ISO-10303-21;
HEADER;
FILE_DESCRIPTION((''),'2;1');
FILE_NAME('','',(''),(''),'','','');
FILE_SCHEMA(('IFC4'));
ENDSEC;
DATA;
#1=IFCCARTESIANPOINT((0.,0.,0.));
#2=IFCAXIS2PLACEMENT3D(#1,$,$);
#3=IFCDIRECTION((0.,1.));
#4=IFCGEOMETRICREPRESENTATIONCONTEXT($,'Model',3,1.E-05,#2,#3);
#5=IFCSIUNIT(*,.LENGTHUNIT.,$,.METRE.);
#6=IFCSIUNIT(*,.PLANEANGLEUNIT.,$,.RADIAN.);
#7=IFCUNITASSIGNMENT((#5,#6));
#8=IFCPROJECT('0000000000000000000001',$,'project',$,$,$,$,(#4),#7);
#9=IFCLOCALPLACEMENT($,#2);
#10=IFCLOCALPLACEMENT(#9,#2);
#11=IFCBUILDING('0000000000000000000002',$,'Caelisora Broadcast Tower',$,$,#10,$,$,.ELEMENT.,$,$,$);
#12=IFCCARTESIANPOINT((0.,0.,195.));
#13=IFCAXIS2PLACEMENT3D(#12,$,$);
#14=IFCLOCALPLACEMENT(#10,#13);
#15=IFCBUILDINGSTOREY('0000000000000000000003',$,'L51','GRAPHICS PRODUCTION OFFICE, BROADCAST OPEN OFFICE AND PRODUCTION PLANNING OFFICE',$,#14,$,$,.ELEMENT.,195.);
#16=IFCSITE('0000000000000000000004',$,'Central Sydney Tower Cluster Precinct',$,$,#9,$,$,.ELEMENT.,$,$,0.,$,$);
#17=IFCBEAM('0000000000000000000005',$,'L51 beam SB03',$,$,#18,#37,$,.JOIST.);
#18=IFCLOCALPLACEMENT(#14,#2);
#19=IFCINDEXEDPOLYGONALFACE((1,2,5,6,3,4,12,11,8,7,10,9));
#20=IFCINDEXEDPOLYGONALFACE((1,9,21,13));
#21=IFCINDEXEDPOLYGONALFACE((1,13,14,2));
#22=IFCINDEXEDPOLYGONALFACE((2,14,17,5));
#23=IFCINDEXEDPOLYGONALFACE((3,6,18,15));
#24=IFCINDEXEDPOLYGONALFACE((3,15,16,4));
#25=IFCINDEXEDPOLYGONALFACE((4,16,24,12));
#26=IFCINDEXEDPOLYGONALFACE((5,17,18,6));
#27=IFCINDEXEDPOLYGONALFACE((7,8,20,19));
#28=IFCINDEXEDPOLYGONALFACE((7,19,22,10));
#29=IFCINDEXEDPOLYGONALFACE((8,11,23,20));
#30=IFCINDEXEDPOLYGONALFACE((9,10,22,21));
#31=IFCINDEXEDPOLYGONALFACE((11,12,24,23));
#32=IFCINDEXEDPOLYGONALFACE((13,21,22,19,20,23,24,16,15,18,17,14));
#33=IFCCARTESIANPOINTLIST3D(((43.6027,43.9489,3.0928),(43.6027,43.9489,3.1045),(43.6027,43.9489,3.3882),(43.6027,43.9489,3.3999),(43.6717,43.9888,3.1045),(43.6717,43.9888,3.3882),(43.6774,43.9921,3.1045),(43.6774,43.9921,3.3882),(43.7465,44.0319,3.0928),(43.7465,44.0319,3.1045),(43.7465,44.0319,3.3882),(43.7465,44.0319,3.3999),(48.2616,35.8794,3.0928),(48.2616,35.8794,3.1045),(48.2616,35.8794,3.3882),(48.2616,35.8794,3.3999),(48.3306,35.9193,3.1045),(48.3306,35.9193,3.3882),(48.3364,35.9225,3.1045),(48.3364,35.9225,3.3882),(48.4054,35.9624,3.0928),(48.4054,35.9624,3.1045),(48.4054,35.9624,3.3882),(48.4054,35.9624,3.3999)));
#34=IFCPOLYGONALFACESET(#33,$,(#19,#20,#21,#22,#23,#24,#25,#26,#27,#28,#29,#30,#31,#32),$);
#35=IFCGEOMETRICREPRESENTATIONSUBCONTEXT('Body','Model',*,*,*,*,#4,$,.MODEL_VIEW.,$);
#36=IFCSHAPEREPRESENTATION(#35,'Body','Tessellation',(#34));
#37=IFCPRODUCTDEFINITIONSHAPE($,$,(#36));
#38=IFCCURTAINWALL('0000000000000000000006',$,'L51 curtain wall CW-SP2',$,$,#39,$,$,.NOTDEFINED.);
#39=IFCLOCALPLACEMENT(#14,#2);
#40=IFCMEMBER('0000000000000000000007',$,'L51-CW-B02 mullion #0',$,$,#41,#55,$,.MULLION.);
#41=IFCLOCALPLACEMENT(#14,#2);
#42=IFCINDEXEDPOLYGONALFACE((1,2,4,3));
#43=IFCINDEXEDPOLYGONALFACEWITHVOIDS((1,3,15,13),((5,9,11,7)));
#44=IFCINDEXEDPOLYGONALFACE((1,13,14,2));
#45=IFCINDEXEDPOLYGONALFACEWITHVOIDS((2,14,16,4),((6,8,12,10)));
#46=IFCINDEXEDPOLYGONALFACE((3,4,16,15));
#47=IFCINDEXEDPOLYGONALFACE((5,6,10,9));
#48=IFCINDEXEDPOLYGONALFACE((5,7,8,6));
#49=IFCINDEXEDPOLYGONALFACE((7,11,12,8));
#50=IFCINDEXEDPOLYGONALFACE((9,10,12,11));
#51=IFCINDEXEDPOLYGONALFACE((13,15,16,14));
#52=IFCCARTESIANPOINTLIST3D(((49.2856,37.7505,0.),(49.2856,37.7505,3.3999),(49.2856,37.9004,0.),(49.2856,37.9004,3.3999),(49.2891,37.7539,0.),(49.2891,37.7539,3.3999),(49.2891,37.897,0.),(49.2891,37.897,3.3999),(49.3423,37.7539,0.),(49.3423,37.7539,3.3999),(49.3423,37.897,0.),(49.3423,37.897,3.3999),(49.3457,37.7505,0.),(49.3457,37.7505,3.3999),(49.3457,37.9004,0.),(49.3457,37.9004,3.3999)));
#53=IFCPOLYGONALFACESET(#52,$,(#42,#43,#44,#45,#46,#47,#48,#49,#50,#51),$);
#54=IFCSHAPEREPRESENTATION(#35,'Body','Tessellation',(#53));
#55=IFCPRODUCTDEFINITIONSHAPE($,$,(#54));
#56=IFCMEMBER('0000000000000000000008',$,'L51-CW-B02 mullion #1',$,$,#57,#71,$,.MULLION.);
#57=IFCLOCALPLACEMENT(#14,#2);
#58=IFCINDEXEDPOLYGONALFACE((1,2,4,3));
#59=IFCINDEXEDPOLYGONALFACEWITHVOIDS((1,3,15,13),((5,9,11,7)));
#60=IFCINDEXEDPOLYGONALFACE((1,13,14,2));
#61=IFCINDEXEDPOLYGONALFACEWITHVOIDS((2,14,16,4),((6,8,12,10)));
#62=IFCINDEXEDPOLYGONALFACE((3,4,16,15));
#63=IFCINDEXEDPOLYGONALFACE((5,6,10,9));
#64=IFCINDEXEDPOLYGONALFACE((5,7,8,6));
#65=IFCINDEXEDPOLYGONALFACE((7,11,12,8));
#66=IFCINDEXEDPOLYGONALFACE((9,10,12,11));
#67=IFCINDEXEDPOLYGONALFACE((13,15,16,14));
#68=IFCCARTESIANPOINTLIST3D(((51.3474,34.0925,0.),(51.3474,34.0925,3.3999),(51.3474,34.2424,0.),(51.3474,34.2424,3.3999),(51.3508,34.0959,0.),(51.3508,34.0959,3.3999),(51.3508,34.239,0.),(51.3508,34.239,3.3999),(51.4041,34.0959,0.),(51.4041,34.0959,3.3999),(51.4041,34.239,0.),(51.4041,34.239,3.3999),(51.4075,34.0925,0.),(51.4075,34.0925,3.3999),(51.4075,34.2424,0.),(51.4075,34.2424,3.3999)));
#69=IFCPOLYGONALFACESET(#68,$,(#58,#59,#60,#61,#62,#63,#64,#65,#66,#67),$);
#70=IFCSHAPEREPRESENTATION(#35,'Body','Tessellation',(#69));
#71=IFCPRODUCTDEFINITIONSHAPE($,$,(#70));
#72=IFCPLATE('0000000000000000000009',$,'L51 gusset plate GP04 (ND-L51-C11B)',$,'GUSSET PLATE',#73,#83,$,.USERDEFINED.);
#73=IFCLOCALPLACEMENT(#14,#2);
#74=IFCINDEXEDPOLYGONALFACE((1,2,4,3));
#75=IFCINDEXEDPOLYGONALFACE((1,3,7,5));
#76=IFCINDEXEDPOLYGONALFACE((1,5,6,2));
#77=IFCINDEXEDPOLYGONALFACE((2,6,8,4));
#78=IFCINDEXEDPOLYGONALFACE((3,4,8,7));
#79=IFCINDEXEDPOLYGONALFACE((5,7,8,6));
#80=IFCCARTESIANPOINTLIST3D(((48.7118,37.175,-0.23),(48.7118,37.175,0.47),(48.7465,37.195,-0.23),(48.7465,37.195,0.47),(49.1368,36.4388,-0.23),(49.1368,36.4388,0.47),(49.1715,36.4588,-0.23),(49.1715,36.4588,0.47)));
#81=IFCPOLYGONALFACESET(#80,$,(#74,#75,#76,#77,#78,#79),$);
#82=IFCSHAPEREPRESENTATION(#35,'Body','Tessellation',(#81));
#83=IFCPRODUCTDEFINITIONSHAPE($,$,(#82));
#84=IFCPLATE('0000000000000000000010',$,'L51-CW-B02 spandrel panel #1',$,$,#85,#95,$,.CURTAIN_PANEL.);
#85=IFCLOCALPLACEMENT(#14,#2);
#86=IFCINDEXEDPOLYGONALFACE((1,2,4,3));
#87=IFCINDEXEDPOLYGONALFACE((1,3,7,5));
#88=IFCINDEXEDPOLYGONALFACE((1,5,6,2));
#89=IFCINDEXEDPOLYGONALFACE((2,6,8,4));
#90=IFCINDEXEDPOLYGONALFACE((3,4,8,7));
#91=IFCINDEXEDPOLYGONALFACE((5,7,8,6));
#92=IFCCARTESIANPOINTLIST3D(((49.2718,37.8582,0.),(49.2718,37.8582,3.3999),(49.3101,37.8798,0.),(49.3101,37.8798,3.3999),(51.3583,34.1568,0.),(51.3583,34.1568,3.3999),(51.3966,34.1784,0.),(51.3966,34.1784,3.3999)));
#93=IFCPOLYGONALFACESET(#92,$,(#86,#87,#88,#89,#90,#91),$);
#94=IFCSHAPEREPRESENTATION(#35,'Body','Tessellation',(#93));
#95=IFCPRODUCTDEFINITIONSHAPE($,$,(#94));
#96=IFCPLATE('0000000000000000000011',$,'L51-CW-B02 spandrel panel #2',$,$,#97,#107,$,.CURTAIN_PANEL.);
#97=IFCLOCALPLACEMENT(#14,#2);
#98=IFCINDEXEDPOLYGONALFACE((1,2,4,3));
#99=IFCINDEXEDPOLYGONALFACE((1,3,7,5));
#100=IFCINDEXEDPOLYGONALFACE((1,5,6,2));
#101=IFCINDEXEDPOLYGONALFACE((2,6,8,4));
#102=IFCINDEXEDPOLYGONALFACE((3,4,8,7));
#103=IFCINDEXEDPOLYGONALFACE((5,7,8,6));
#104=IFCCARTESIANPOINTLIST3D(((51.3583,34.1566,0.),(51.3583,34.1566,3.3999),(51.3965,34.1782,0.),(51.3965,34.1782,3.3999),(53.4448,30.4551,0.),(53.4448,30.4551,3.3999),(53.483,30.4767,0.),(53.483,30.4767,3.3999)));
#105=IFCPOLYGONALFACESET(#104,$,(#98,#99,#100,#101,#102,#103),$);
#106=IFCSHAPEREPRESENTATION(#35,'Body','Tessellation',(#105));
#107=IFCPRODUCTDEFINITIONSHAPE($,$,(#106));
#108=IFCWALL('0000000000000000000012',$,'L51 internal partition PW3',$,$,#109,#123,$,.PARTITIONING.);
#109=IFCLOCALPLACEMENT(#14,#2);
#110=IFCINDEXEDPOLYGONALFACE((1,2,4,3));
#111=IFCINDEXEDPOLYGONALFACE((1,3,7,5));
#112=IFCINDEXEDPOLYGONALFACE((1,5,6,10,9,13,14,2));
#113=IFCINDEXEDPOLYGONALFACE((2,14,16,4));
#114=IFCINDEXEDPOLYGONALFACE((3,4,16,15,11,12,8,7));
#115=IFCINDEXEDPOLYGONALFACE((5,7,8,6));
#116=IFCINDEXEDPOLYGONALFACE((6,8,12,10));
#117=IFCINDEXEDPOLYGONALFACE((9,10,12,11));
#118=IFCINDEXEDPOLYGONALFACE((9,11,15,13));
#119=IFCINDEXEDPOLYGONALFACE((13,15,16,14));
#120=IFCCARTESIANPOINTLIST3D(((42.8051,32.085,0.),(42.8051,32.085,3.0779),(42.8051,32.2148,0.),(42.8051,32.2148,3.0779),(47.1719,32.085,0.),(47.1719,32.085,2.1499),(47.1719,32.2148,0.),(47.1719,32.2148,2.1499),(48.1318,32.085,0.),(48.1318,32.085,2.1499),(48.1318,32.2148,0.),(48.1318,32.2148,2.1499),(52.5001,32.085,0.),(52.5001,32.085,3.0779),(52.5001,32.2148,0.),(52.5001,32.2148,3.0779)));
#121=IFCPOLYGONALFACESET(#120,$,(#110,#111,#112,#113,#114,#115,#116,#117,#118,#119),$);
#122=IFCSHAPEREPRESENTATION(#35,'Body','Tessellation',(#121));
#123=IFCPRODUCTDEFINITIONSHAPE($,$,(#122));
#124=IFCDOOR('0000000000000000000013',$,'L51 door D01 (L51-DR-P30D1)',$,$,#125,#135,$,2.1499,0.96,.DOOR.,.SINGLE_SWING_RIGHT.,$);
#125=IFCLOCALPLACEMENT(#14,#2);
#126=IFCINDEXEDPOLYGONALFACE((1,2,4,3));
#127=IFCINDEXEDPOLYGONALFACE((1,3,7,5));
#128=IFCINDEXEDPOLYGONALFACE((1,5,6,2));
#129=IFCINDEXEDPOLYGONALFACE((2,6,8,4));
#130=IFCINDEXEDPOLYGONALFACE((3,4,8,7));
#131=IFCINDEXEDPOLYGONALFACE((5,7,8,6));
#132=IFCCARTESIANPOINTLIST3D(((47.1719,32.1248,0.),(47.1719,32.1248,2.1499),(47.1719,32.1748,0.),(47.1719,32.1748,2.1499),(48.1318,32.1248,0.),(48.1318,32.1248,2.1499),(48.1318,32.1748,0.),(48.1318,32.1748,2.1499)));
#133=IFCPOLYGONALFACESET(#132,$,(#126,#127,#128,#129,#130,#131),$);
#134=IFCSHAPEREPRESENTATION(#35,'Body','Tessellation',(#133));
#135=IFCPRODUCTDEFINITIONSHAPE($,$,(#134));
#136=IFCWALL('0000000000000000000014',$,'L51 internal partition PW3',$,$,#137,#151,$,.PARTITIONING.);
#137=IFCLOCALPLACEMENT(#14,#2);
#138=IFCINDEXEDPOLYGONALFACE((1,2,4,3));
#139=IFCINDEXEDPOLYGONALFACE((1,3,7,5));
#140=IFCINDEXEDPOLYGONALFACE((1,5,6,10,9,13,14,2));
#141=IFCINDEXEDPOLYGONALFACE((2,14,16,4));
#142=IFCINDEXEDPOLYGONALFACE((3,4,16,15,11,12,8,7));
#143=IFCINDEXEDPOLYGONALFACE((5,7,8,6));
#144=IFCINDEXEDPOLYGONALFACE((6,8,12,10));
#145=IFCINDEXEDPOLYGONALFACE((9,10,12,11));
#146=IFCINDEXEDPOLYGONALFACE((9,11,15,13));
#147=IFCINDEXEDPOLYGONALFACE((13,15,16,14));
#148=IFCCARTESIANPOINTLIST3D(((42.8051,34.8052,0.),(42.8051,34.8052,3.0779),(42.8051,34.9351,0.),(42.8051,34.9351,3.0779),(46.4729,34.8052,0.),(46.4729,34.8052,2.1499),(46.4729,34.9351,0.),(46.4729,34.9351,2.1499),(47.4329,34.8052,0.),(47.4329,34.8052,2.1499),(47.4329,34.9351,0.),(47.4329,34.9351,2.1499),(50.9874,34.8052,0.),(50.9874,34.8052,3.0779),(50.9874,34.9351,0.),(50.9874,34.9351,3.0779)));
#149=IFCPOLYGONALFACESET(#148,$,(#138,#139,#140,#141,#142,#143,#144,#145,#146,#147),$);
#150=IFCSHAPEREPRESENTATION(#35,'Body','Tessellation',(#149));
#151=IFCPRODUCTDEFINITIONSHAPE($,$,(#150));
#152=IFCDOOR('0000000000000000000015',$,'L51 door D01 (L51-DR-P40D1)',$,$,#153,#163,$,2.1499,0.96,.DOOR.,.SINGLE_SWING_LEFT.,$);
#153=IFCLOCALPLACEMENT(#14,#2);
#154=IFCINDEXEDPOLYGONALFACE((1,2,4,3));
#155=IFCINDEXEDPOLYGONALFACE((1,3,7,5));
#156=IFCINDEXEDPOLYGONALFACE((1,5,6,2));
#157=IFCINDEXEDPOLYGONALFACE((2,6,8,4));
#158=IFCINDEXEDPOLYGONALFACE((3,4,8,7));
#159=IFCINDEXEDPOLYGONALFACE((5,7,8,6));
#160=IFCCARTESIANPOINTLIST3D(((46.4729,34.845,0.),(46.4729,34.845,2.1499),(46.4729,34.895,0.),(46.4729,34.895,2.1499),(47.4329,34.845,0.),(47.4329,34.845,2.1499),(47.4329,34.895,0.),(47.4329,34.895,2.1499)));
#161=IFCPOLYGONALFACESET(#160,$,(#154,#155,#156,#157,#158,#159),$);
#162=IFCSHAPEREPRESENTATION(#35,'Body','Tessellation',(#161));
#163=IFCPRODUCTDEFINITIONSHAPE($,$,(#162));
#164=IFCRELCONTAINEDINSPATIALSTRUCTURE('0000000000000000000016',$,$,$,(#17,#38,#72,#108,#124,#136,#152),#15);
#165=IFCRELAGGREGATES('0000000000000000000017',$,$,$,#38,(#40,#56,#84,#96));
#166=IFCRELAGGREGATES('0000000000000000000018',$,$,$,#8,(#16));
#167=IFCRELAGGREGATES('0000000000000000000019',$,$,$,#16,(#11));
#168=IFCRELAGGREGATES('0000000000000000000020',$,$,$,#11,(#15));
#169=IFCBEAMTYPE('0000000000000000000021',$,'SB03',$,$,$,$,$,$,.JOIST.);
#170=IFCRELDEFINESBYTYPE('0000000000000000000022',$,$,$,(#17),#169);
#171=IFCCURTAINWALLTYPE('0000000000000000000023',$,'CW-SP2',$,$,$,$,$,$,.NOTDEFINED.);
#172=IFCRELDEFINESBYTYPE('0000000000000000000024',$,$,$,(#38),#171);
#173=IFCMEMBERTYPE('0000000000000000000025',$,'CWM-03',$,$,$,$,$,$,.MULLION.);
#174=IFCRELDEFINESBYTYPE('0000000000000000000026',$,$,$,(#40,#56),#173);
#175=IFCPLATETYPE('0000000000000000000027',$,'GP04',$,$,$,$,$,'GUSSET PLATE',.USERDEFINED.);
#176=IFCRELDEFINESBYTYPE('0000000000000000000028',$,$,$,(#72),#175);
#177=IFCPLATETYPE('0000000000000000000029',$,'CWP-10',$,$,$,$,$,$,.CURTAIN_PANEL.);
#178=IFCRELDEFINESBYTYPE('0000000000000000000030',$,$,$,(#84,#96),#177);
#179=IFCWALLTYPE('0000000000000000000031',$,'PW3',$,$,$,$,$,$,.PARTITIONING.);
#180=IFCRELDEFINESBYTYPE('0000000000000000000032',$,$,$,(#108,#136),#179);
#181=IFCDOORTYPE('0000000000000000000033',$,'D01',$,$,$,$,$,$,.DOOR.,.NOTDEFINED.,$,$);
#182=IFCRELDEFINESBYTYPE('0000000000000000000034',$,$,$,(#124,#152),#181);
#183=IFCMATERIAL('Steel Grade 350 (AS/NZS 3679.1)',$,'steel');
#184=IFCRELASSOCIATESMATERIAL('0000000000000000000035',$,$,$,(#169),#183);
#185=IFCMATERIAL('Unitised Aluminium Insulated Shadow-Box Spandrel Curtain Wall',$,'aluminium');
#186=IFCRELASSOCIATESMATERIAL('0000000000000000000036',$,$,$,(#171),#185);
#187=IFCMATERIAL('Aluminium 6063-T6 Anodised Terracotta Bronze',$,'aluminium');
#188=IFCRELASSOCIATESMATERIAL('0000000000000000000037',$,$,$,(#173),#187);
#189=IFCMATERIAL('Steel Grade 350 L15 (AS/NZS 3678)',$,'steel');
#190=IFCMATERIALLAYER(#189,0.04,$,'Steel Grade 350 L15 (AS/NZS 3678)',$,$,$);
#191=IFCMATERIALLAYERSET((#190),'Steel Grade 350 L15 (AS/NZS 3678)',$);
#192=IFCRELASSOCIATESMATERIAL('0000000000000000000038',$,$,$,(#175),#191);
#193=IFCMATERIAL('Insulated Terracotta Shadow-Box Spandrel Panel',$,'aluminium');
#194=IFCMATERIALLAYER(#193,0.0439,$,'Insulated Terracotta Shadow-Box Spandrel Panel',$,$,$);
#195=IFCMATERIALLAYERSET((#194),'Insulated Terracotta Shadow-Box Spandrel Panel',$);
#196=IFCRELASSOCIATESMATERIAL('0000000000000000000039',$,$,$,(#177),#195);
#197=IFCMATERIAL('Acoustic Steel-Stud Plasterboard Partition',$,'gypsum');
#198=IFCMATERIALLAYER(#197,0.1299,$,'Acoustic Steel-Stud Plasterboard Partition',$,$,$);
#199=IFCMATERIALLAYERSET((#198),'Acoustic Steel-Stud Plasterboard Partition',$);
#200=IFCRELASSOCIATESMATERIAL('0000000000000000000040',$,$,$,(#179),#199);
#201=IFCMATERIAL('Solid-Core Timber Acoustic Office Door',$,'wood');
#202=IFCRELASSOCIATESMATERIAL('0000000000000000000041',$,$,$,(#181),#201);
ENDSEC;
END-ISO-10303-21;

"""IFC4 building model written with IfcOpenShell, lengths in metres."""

from ifc_helpers import new_model, si_unit, direction, frame, frame_2d, origin, origin_2d, place, context, subcontext, project, spatial, rectangle, hollow_rectangle, i_section, extrude, source, transform, mapped, material, layer, layer_set, material_profile, profile_set, type_object, type_shapes, element, fill, aggregate, save


model = new_model("IFC4")

# Units and contexts
model_context = context("Model", 3, precision=1e-05, world=origin(), true_north=direction((0.0, 1.0)))
body_context = subcontext(model_context, "Body", "Model", "MODEL_VIEW")
ifc_project = project(units=[si_unit("LENGTHUNIT", "METRE"), si_unit("PLANEANGLEUNIT", "RADIAN")], contexts=[model_context])

# Site, building, storey
site_placement = place(None, origin())
site = spatial("IfcSite", under=ifc_project, at=site_placement, Name="Central Sydney Tower Cluster Precinct", CompositionType="ELEMENT", RefElevation=0.0)
building_placement = place(site_placement, origin())
building = spatial("IfcBuilding", under=site, at=building_placement, Name="Caelisora Broadcast Tower", CompositionType="ELEMENT")
storey_placement = place(building_placement, frame((0.0, 0.0, 195.0)))
storey = spatial("IfcBuildingStorey", under=building, at=storey_placement, Name="L51", Description="GRAPHICS PRODUCTION OFFICE, BROADCAST OPEN OFFICE AND PRODUCTION PLANNING OFFICE", CompositionType="ELEMENT", Elevation=195.0)

# Shared definitions
ifc_material_1 = material(Name="Steel Grade 350 L15 (AS/NZS 3678)", Category="steel")

# Beam
ifc_material_2 = material(Name="Steel Grade 350 (AS/NZS 3679.1)", Category="steel")
ifc_material_profile_1 = material_profile(ifc_material_2, i_section(OverallWidth=0.166, OverallDepth=0.3071, WebThickness=0.0066, FlangeThickness=0.0117, at=origin_2d()), Name="Steel Grade 350 (AS/NZS 3679.1)")
ifc_profile_set_1 = profile_set([ifc_material_profile_1], Name="Steel Grade 350 (AS/NZS 3679.1)")
beam_type_1 = type_object("IfcBeamType", Name="SB03", PredefinedType="JOIST", material=ifc_profile_set_1)
shared_shape_1 = source(origin(), body_context, "Body", "SweptSolid", [
    extrude(i_section(OverallWidth=0.166, OverallDepth=0.3071, WebThickness=0.0066, FlangeThickness=0.0117, at=origin_2d()), origin(), (0.0, 0.0, 1.0), 9.3179),
])
beam_1_placement = place(storey_placement, frame((48.3335, 35.9209, 3.2463), z_axis=(-0.499997, 0.866027, 0.0), x_axis=(-0.866027, -0.499997, 0.0)))
element("IfcBeam", 1, at=beam_1_placement, inside=storey, type_object=beam_type_1, Name="L51 beam SB03", PredefinedType="JOIST", context=body_context, shape_type="MappedRepresentation", body=[
    mapped(shared_shape_1, transform((0.0, 0.0, 0.0), scale=1.0)),
])

# Curtain wall, members
ifc_material_3 = material(Name="Unitised Aluminium Insulated Shadow-Box Spandrel Curtain Wall", Category="aluminium")
curtain_wall_type = type_object("IfcCurtainWallType", Name="CW-SP2", PredefinedType="NOTDEFINED", material=ifc_material_3)
curtain_wall_placement = place(storey_placement, origin())
curtain_wall = element("IfcCurtainWall", 2, at=curtain_wall_placement, inside=storey, type_object=curtain_wall_type, Name="L51 curtain wall CW-SP2", PredefinedType="NOTDEFINED")
ifc_material_4 = material(Name="Aluminium 6063-T6 Anodised Terracotta Bronze", Category="aluminium")
ifc_material_profile_2 = material_profile(ifc_material_4, hollow_rectangle(XDim=0.0601, YDim=0.1499, WallThickness=0.0034, at=origin_2d()), Name="Aluminium 6063-T6 Anodised Terracotta Bronze")
ifc_profile_set_2 = profile_set([ifc_material_profile_2], Name="Aluminium 6063-T6 Anodised Terracotta Bronze")
member_type = type_object("IfcMemberType", Name="CWM-03", PredefinedType="MULLION", material=ifc_profile_set_2)
shared_shape_2 = source(origin(), body_context, "Body", "SweptSolid", [
    extrude(hollow_rectangle(XDim=0.0601, YDim=0.1499, WallThickness=0.0034, at=origin_2d()), origin(), (0.0, 0.0, 1.0), 3.3999),
])
type_shapes(member_type, [shared_shape_2])
member_1_placement = place(storey_placement, frame((49.3157, 37.8254, 0.0), z_axis=(0.0, 0.0, 1.0), x_axis=(1.0, 0.0, 0.0)))
member_1 = element("IfcMember", 3, at=member_1_placement, type_object=member_type, Name="L51-CW-B02 mullion #0", PredefinedType="MULLION", context=body_context, shape_type="MappedRepresentation", body=[
    mapped(shared_shape_2, transform((0.0, 0.0, 0.0), scale=1.0)),
])
member_2_placement = place(storey_placement, frame((51.3774, 34.1675, 0.0), z_axis=(0.0, 0.0, 1.0), x_axis=(1.0, 0.0, 0.0)))
member_2 = element("IfcMember", 4, at=member_2_placement, type_object=member_type, Name="L51-CW-B02 mullion #1", PredefinedType="MULLION", context=body_context, shape_type="MappedRepresentation", body=[
    mapped(shared_shape_2, transform((0.0, 0.0, 0.0), scale=1.0)),
])

# Plates
ifc_layer_1 = layer(ifc_material_1, 0.04, Name="Steel Grade 350 L15 (AS/NZS 3678)")
ifc_layer_set_1 = layer_set([ifc_layer_1], Name="Steel Grade 350 L15 (AS/NZS 3678)")
plate_type_1 = type_object("IfcPlateType", Name="GP04", ElementType="GUSSET PLATE", PredefinedType="USERDEFINED", material=ifc_layer_set_1)
shared_shape_3 = source(origin(), body_context, "Body", "SweptSolid", [
    extrude(rectangle(XDim=0.8501, YDim=0.04, at=origin_2d()), origin(), (0.0, 0.0, 1.0), 0.7),
])
type_shapes(plate_type_1, [shared_shape_3])
plate_1_placement = place(storey_placement, frame((48.9417, 36.8169, -0.23), z_axis=(0.0, 0.0, 1.0), x_axis=(-0.5, 0.866025, 0.0)))
element("IfcPlate", 5, at=plate_1_placement, inside=storey, type_object=plate_type_1, Name="L51 gusset plate GP04 (ND-L51-C11B)", ObjectType="GUSSET PLATE", PredefinedType="USERDEFINED", context=body_context, shape_type="MappedRepresentation", body=[
    mapped(shared_shape_3, transform((0.0, 0.0, 0.0), scale=1.0)),
])
ifc_material_5 = material(Name="Insulated Terracotta Shadow-Box Spandrel Panel", Category="aluminium")
ifc_layer_2 = layer(ifc_material_5, 0.0439, Name="Insulated Terracotta Shadow-Box Spandrel Panel")
ifc_layer_set_2 = layer_set([ifc_layer_2], Name="Insulated Terracotta Shadow-Box Spandrel Panel")
plate_type_2 = type_object("IfcPlateType", Name="CWP-10", PredefinedType="CURTAIN_PANEL", material=ifc_layer_set_2)
shared_shape_4 = source(origin(), body_context, "Body", "SweptSolid", [
    extrude(rectangle(XDim=4.249, YDim=0.0439, at=origin_2d()), origin(), (0.0, 0.0, 1.0), 3.3999),
])
type_shapes(plate_type_2, [shared_shape_4])
plate_2_placement = place(storey_placement, frame((50.3342, 36.0183, 0.0), z_axis=(0.0, 0.0, 1.0), x_axis=(0.491056, -0.871128, 0.0)))
plate_2 = element("IfcPlate", 6, at=plate_2_placement, type_object=plate_type_2, Name="L51-CW-B02 spandrel panel #1", PredefinedType="CURTAIN_PANEL", context=body_context, shape_type="MappedRepresentation", body=[
    mapped(shared_shape_4, transform((0.0, 0.0, 0.0), scale=1.0)),
])
plate_3_placement = place(storey_placement, frame((52.4207, 32.3167, 0.0), z_axis=(0.0, 0.0, 1.0), x_axis=(0.491056, -0.871128, 0.0)))
plate_3 = element("IfcPlate", 7, at=plate_3_placement, type_object=plate_type_2, Name="L51-CW-B02 spandrel panel #2", PredefinedType="CURTAIN_PANEL", context=body_context, shape_type="MappedRepresentation", body=[
    mapped(shared_shape_4, transform((0.0, 0.0, 0.0), scale=1.0)),
])
aggregate(curtain_wall, [member_1, member_2, plate_2, plate_3])

# Walls, openings, doors
ifc_material_6 = material(Name="Acoustic Steel-Stud Plasterboard Partition", Category="gypsum")
ifc_layer_3 = layer(ifc_material_6, 0.1299, Name="Acoustic Steel-Stud Plasterboard Partition")
ifc_layer_set_3 = layer_set([ifc_layer_3], Name="Acoustic Steel-Stud Plasterboard Partition")
wall_type_1 = type_object("IfcWallType", Name="PW3", PredefinedType="PARTITIONING", material=ifc_layer_set_3)
wall_1_placement = place(storey_placement, frame((42.8049, 32.1499, 0.0), z_axis=(0.0, 0.0, 1.0), x_axis=(1.0, 0.0, 0.0)))
wall_1 = element("IfcWall", 8, at=wall_1_placement, inside=storey, type_object=wall_type_1, Name="L51 internal partition PW3", PredefinedType="PARTITIONING", context=body_context, shape_type="SweptSolid", body=[
    extrude(rectangle(XDim=9.6951, YDim=0.1299, at=frame_2d((4.8477, 0.0))), origin(), (0.0, 0.0, 1.0), 3.0779),
])
opening_1_placement = place(wall_1_placement, frame((4.3669, 0.0, 0.0)))
opening_1 = element("IfcOpeningElement", 9, at=opening_1_placement, cuts=wall_1, PredefinedType="OPENING", context=body_context, shape_type="SweptSolid", body=[
    extrude(rectangle(XDim=0.96, YDim=2.1499, at=frame_2d((0.48, 1.075))), frame((0.0, 0.0769, 0.0), z_axis=(0.0, -1.0, 0.0), x_axis=(1.0, 0.0, 0.0)), (0.0, 0.0, 1.0), 0.1538),
])
ifc_material_7 = material(Name="Solid-Core Timber Acoustic Office Door", Category="wood")
door_type = type_object("IfcDoorType", Name="D01", OperationType="NOTDEFINED", PredefinedType="DOOR", material=ifc_material_7)
door_1_placement = place(opening_1_placement, origin())
door_1 = element("IfcDoor", 10, at=door_1_placement, inside=storey, type_object=door_type, Name="L51 door D01 (L51-DR-P30D1)", OperationType="SINGLE_SWING_RIGHT", OverallHeight=2.1499, OverallWidth=0.96, PredefinedType="DOOR", context=body_context, shape_type="SweptSolid", body=[
    extrude(rectangle(XDim=0.96, YDim=2.1499, at=frame_2d((0.48, 1.075))), frame((0.0, 0.0249, 0.0), z_axis=(0.0, -1.0, 0.0), x_axis=(1.0, 0.0, 0.0)), (0.0, 0.0, 1.0), 0.05),
])
fill(opening_1, door_1)
wall_2_placement = place(storey_placement, frame((42.8049, 34.8701, 0.0), z_axis=(0.0, 0.0, 1.0), x_axis=(1.0, 0.0, 0.0)))
wall_2 = element("IfcWall", 11, at=wall_2_placement, inside=storey, type_object=wall_type_1, Name="L51 internal partition PW3", PredefinedType="PARTITIONING", context=body_context, shape_type="SweptSolid", body=[
    extrude(rectangle(XDim=8.1824, YDim=0.1299, at=frame_2d((4.0913, 0.0))), origin(), (0.0, 0.0, 1.0), 3.0779),
])
opening_2_placement = place(wall_2_placement, frame((3.668, 0.0, 0.0)))
opening_2 = element("IfcOpeningElement", 12, at=opening_2_placement, cuts=wall_2, PredefinedType="OPENING", context=body_context, shape_type="SweptSolid", body=[
    extrude(rectangle(XDim=0.96, YDim=2.1499, at=frame_2d((0.48, 1.075))), frame((0.0, 0.0769, 0.0), z_axis=(0.0, -1.0, 0.0), x_axis=(1.0, 0.0, 0.0)), (0.0, 0.0, 1.0), 0.1538),
])
door_2_placement = place(opening_2_placement, origin())
door_2 = element("IfcDoor", 13, at=door_2_placement, inside=storey, type_object=door_type, Name="L51 door D01 (L51-DR-P40D1)", OperationType="SINGLE_SWING_LEFT", OverallHeight=2.1499, OverallWidth=0.96, PredefinedType="DOOR", context=body_context, shape_type="SweptSolid", body=[
    extrude(rectangle(XDim=0.96, YDim=2.1499, at=frame_2d((0.48, 1.075))), frame((0.0, 0.0249, 0.0), z_axis=(0.0, -1.0, 0.0), x_axis=(1.0, 0.0, 0.0)), (0.0, 0.0, 1.0), 0.05),
])
fill(opening_2, door_2)

save(model, "model.ifc")
